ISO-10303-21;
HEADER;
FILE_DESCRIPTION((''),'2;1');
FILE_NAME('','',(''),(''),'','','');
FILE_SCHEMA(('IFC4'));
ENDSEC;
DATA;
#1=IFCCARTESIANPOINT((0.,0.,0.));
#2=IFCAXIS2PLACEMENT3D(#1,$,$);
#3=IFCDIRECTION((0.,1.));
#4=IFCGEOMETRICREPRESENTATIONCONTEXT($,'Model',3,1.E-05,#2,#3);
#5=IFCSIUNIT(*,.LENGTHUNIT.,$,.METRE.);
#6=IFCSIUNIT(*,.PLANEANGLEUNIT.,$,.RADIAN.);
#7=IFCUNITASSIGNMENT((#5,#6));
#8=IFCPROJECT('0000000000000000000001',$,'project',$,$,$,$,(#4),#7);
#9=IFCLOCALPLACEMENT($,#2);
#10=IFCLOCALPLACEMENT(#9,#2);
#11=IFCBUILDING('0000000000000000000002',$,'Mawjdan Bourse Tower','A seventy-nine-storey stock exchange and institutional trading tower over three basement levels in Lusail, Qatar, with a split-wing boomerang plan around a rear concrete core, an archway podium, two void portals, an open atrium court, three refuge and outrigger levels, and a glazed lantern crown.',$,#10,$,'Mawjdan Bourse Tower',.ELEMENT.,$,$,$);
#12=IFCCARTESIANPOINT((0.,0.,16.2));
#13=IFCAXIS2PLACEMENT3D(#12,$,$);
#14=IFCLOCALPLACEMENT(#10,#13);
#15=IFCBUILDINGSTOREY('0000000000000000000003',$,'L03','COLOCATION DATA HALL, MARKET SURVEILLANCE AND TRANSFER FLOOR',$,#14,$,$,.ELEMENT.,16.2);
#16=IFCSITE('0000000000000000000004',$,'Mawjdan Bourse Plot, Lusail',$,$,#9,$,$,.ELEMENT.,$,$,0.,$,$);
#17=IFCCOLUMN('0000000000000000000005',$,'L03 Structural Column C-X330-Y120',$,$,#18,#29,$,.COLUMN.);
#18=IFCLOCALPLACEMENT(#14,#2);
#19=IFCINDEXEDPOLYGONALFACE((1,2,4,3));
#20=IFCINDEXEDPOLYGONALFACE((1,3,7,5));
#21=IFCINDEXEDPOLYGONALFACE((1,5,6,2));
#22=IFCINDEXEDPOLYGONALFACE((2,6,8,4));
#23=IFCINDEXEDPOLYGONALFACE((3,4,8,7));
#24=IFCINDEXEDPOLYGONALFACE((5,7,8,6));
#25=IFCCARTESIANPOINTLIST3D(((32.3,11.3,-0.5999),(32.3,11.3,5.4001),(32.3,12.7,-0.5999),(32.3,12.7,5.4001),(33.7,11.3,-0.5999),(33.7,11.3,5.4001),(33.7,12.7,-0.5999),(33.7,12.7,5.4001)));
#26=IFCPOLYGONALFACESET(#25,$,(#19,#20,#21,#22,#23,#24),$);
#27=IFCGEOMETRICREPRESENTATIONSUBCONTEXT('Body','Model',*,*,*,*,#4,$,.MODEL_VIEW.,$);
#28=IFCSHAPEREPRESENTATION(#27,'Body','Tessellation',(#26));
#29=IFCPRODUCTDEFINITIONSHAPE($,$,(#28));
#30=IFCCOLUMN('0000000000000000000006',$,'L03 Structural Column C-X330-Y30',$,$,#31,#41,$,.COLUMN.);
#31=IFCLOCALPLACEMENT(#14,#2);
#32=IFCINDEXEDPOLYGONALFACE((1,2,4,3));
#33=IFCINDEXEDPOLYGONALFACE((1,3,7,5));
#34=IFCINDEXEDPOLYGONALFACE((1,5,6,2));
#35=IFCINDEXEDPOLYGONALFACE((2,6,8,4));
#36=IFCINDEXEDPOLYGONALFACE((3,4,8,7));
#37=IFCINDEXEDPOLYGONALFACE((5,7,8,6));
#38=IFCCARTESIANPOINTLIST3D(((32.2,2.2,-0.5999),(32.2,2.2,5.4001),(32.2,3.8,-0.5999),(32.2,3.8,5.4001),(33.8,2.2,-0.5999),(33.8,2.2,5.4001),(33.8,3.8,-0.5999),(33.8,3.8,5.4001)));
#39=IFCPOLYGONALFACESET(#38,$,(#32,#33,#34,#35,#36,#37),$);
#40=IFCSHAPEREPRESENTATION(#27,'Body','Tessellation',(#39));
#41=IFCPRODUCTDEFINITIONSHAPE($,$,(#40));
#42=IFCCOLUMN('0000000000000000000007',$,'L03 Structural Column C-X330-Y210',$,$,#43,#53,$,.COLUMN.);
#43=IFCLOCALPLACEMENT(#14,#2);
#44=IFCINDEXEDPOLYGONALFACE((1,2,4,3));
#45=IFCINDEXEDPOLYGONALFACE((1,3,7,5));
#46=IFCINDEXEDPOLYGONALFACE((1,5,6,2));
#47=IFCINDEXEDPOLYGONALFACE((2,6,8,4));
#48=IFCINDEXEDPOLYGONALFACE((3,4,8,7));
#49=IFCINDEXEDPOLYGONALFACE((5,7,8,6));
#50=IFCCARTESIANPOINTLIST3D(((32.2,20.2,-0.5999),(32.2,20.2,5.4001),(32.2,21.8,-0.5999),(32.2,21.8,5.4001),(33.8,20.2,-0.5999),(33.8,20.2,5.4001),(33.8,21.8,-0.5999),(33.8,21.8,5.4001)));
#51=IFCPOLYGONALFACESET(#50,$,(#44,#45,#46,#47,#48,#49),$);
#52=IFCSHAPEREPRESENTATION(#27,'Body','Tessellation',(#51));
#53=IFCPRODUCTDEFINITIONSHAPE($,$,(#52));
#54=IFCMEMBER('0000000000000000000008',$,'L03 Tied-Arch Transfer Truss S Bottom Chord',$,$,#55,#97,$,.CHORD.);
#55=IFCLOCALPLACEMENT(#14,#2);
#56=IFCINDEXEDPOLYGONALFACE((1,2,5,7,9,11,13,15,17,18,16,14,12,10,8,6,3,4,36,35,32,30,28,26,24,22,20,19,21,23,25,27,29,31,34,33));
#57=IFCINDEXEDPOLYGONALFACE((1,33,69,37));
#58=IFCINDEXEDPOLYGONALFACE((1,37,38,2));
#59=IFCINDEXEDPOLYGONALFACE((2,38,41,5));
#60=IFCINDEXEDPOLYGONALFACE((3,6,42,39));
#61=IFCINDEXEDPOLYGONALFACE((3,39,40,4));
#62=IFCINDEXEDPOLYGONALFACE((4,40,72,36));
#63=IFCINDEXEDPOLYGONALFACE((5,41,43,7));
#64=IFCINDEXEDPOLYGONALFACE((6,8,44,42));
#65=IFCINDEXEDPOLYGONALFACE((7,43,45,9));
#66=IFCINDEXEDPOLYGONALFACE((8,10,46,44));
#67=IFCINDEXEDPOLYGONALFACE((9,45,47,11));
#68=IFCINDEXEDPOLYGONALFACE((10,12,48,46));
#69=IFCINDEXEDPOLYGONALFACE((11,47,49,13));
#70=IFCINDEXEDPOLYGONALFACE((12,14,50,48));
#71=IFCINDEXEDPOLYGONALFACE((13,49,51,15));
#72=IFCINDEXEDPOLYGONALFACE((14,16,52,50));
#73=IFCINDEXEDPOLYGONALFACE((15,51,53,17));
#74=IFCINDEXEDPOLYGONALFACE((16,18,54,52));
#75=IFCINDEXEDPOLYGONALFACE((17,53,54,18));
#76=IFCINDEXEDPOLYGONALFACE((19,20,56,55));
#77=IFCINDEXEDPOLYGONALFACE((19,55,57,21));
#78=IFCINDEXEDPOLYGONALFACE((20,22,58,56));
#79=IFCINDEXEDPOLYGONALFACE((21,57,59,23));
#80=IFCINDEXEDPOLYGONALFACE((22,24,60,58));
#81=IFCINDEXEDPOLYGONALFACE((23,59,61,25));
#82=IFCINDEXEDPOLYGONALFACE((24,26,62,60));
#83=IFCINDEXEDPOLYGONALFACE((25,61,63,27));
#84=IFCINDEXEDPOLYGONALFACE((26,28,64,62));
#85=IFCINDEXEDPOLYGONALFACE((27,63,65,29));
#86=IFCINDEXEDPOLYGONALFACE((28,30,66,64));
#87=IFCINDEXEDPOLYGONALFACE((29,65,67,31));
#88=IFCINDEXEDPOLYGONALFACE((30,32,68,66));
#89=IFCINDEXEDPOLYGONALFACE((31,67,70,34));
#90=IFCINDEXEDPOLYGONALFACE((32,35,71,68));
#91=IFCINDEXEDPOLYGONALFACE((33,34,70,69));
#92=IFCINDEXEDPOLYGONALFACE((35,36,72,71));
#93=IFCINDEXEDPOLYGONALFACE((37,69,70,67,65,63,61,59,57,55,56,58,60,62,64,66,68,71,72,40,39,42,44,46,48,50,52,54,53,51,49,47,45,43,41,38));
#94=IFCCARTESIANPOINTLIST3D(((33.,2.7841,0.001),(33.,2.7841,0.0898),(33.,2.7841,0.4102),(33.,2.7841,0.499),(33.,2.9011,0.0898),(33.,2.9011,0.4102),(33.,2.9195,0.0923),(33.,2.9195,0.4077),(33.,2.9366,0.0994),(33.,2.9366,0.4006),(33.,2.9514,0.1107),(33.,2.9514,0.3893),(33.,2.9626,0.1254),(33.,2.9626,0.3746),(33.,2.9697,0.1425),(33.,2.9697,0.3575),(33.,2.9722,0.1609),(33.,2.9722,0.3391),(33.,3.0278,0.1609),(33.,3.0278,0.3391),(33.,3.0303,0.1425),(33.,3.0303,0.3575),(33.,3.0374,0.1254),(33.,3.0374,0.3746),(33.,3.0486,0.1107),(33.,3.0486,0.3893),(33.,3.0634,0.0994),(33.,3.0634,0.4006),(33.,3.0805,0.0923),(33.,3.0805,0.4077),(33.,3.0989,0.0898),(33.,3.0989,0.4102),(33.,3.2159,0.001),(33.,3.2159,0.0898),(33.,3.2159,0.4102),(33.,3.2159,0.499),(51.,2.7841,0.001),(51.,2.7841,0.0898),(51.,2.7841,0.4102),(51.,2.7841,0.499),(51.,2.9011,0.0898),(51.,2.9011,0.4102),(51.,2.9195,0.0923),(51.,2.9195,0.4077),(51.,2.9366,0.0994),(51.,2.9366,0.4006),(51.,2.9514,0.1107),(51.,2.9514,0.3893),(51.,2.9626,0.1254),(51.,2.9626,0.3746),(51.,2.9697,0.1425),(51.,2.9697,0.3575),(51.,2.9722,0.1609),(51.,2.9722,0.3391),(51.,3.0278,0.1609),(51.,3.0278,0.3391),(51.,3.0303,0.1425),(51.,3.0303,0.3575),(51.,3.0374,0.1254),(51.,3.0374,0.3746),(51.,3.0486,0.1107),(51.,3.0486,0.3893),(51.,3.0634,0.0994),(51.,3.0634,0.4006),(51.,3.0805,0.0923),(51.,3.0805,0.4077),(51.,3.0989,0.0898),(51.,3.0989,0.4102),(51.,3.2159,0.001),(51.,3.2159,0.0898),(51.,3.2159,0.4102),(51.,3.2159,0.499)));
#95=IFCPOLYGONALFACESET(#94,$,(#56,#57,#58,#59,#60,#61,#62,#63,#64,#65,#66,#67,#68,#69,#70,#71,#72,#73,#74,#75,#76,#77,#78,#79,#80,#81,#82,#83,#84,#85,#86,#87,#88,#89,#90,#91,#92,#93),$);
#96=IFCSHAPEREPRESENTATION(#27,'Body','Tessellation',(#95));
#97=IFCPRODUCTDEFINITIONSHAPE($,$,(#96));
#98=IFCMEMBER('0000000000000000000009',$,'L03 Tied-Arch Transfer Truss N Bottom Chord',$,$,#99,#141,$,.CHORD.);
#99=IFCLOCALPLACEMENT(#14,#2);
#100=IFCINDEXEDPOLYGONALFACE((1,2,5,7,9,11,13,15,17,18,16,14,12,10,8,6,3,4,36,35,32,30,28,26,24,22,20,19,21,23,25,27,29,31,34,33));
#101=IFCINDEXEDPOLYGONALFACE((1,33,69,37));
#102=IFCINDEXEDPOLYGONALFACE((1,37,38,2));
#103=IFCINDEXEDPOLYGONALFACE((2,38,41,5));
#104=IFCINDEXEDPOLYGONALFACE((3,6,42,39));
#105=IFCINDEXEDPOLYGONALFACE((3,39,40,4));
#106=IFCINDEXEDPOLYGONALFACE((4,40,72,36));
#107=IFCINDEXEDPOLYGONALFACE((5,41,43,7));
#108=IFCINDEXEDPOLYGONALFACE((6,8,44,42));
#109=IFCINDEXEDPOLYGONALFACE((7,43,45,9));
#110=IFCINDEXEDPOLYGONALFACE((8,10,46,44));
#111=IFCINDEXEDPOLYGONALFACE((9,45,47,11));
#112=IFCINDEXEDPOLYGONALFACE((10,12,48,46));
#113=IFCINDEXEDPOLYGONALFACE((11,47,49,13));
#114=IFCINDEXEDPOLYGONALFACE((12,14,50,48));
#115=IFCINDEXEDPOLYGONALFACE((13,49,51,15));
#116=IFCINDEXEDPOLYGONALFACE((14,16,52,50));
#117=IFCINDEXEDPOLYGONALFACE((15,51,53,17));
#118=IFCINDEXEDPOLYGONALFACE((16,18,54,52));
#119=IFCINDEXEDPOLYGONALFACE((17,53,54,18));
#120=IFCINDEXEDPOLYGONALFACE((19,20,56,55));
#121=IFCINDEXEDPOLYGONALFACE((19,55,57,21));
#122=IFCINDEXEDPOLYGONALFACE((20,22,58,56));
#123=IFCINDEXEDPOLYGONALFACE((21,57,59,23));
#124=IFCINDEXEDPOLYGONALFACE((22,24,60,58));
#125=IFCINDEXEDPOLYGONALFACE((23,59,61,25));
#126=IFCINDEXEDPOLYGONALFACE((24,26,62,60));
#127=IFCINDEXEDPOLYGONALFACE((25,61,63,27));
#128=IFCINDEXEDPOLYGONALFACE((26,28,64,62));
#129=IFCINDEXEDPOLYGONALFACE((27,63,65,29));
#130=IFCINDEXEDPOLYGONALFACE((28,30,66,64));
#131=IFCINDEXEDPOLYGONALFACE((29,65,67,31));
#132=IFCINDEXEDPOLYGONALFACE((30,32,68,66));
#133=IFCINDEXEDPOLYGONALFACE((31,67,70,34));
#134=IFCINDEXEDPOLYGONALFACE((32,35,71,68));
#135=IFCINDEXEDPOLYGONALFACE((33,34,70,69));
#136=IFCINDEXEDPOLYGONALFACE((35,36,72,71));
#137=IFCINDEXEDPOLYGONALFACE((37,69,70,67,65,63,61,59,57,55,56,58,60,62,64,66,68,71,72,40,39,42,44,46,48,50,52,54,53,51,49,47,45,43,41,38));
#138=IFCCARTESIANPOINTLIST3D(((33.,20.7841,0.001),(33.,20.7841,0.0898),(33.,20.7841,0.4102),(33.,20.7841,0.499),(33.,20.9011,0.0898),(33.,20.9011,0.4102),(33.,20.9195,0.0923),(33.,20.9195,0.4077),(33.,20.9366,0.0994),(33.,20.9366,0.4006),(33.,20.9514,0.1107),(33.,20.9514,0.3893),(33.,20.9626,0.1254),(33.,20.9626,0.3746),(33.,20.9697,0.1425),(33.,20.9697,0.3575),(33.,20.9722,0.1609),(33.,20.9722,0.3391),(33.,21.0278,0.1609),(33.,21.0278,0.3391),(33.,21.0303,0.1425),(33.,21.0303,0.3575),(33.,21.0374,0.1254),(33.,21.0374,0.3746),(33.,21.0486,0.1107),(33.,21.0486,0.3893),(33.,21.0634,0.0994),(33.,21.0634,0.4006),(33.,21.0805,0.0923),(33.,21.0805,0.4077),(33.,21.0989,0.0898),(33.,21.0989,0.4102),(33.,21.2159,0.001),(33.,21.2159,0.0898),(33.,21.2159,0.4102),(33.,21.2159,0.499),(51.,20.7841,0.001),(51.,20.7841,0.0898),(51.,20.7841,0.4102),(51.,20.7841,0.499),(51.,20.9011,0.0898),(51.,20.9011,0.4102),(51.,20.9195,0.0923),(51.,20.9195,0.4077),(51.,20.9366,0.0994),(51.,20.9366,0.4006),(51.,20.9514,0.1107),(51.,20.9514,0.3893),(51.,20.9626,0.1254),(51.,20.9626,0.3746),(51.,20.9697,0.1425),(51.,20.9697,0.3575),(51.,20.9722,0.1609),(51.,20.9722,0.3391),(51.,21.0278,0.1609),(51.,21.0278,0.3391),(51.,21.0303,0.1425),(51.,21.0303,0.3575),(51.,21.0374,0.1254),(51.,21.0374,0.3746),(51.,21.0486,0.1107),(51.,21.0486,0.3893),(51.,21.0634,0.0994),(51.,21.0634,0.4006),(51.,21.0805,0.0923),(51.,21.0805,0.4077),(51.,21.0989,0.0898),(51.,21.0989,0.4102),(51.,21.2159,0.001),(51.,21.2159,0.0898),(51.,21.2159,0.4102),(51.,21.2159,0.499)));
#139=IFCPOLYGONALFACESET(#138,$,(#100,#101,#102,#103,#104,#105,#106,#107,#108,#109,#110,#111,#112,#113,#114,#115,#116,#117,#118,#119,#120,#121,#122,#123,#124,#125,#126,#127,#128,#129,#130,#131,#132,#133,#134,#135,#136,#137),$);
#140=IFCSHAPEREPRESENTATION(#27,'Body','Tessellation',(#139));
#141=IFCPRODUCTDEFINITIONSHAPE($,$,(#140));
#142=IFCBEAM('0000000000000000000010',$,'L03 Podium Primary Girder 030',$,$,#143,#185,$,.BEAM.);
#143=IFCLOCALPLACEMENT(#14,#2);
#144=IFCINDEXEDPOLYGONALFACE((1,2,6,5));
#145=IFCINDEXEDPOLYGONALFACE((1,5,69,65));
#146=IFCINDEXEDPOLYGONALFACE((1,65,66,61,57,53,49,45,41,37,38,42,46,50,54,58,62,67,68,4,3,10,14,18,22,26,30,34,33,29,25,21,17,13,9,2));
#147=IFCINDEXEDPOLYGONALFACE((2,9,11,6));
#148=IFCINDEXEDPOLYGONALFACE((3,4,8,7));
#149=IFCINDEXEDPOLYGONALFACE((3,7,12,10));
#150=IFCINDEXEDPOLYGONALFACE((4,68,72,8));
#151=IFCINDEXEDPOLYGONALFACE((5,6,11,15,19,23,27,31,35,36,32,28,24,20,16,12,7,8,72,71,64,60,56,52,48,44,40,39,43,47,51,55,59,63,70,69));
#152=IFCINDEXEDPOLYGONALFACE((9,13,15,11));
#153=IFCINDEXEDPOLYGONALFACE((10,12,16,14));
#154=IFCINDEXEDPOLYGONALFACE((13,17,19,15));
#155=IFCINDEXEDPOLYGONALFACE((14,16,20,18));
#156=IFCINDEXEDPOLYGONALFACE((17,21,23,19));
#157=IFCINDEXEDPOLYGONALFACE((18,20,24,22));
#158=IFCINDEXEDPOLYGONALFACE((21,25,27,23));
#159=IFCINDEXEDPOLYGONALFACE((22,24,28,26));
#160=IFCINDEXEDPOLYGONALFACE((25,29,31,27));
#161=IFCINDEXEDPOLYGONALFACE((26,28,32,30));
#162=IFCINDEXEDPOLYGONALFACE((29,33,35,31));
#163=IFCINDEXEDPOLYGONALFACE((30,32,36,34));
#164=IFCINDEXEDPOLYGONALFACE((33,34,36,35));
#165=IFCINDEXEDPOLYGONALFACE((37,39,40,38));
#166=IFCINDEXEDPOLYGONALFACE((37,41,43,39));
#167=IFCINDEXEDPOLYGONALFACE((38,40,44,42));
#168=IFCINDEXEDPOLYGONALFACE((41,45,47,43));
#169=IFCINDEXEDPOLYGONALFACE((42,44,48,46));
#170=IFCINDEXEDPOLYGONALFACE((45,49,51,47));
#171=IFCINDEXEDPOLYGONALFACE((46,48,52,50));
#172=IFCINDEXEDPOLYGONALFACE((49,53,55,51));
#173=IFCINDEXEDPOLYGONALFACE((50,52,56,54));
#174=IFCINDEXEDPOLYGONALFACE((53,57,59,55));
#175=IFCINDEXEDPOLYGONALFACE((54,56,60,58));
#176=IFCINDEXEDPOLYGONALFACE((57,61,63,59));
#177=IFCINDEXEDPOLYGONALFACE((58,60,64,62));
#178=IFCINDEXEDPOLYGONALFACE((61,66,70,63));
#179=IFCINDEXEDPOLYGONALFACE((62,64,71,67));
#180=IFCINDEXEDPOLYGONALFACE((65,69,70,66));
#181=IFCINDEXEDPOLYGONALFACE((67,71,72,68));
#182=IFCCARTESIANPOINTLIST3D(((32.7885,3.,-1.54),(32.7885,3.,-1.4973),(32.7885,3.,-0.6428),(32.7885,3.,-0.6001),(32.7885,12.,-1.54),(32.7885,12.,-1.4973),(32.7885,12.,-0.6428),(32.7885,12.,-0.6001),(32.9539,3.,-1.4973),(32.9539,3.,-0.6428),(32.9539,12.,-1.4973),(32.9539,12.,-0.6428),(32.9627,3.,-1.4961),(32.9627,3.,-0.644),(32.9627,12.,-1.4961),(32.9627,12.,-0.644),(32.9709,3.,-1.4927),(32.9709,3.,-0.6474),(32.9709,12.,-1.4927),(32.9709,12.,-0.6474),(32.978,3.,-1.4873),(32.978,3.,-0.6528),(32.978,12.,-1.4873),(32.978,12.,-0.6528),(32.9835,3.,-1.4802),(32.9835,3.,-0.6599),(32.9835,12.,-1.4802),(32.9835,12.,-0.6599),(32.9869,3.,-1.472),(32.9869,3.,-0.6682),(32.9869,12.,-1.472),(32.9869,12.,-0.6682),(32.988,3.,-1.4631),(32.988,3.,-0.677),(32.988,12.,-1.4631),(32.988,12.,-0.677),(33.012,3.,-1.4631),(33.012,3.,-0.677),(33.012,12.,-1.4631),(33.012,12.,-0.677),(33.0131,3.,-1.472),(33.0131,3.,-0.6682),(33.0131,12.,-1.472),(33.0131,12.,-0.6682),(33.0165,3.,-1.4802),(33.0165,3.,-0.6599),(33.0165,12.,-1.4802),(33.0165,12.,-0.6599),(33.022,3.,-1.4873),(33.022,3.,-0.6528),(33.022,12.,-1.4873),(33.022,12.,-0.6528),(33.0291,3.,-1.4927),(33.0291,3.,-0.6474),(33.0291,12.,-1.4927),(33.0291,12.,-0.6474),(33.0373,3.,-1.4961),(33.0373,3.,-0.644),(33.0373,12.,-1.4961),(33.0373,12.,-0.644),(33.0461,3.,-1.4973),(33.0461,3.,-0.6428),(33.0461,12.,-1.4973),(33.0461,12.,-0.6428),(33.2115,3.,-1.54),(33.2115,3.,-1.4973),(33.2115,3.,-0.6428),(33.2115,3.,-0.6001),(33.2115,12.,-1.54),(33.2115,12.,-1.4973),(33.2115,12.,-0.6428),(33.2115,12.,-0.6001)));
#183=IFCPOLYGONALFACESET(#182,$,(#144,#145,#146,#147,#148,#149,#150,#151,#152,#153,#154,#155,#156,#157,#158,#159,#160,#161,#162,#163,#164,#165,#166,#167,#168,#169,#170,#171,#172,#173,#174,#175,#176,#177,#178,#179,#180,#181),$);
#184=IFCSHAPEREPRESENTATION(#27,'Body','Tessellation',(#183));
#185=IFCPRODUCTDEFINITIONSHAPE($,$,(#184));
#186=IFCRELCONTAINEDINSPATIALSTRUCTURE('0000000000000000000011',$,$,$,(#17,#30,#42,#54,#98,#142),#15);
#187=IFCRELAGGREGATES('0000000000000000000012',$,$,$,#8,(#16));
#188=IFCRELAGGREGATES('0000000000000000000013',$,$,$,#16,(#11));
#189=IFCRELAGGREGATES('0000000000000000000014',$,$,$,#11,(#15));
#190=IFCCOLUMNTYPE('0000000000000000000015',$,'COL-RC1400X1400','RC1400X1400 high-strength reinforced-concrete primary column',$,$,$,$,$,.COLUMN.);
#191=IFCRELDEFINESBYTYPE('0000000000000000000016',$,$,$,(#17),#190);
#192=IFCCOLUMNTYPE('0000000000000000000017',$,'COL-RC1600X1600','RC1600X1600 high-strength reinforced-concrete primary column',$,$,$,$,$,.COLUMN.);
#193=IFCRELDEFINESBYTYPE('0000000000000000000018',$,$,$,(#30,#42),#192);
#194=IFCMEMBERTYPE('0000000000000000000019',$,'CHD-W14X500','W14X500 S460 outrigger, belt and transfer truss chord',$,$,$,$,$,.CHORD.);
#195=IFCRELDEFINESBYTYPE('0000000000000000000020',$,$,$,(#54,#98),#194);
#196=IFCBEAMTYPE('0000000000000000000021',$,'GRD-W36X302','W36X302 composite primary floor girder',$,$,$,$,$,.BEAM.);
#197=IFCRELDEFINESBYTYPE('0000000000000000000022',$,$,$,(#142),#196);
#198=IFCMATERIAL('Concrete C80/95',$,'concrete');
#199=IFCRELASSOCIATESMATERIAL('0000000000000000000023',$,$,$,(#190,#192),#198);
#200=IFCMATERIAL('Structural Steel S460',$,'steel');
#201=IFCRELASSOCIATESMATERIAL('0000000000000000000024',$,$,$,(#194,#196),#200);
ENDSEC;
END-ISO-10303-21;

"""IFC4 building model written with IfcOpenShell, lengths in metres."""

from ifc_helpers import new_model, si_unit, direction, frame, origin, origin_2d, place, context, subcontext, project, spatial, rectangle, i_section, extrude, material, material_profile, profile_set, type_object, element, save


model = new_model("IFC4")

# Units and contexts
model_context = context("Model", 3, precision=1e-05, world=origin(), true_north=direction((0.0, 1.0)))
body_context = subcontext(model_context, "Body", "Model", "MODEL_VIEW")
ifc_project = project(units=[si_unit("LENGTHUNIT", "METRE"), si_unit("PLANEANGLEUNIT", "RADIAN")], contexts=[model_context])

# Site, building, storey
site_placement = place(None, origin())
site = spatial("IfcSite", under=ifc_project, at=site_placement, Name="Mawjdan Bourse Plot, Lusail", CompositionType="ELEMENT", RefElevation=0.0)
building_placement = place(site_placement, origin())
building = spatial("IfcBuilding", under=site, at=building_placement, Name="Mawjdan Bourse Tower", Description="A seventy-nine-storey stock exchange and institutional trading tower over three basement levels in Lusail, Qatar, with a split-wing boomerang plan around a rear concrete core, an archway podium, two void portals, an open atrium court, three refuge and outrigger levels, and a glazed lantern crown.", LongName="Mawjdan Bourse Tower", CompositionType="ELEMENT")
storey_placement = place(building_placement, frame((0.0, 0.0, 16.2)))
storey = spatial("IfcBuildingStorey", under=building, at=storey_placement, Name="L03", Description="COLOCATION DATA HALL, MARKET SURVEILLANCE AND TRANSFER FLOOR", CompositionType="ELEMENT", Elevation=16.2)

# Columns
ifc_material_1 = material(Name="Concrete C80/95", Category="concrete")
ifc_material_profile_1 = material_profile(ifc_material_1, rectangle(XDim=1.3999, YDim=1.3999, at=origin_2d()), Name="RC1400X1400")
ifc_profile_set_1 = profile_set([ifc_material_profile_1], Name="Concrete C80/95")
column_type_1 = type_object("IfcColumnType", Name="COL-RC1400X1400", Description="RC1400X1400 high-strength reinforced-concrete primary column", PredefinedType="COLUMN", material=ifc_profile_set_1)
column_placement = place(storey_placement, frame((33.0, 12.0, -0.5999), z_axis=(0.0, 0.0, 1.0), x_axis=(1.0, 0.0, 0.0)))
element("IfcColumn", 1, at=column_placement, inside=storey, type_object=column_type_1, Name="L03 Structural Column C-X330-Y120", PredefinedType="COLUMN", context=body_context, shape_type="SweptSolid", body=[
    extrude(rectangle(XDim=1.3999, YDim=1.3999, at=origin_2d()), origin(), (0.0, 0.0, 1.0), 6.0),
])
ifc_material_profile_2 = material_profile(ifc_material_1, rectangle(XDim=1.6001, YDim=1.6001, at=origin_2d()), Name="RC1600X1600")
ifc_profile_set_2 = profile_set([ifc_material_profile_2], Name="Concrete C80/95")
column_type_2 = type_object("IfcColumnType", Name="COL-RC1600X1600", Description="RC1600X1600 high-strength reinforced-concrete primary column", PredefinedType="COLUMN", material=ifc_profile_set_2)
for number, where, z_axis, x_axis, name in (
    (2, (33.0, 3.0, -0.5999), (0.0, 0.0, 1.0), (1.0, 0.0, 0.0), "L03 Structural Column C-X330-Y30"),
    (3, (33.0, 21.0, -0.5999), (0.0, 0.0, 1.0), (1.0, 0.0, 0.0), "L03 Structural Column C-X330-Y210"),
):
    element("IfcColumn", number, at=place(storey_placement, frame(where, z_axis=z_axis, x_axis=x_axis)), inside=storey, type_object=column_type_2, Name=name, PredefinedType="COLUMN", context=body_context, shape_type="SweptSolid", body=[
        extrude(rectangle(XDim=1.6001, YDim=1.6001, at=origin_2d()), origin(), (0.0, 0.0, 1.0), 6.0),
    ])

# Members
ifc_material_2 = material(Name="Structural Steel S460", Category="steel")
ifc_material_profile_3 = material_profile(ifc_material_2, i_section(OverallWidth=0.4319, OverallDepth=0.498, WebThickness=0.0557, FlangeThickness=0.0889, FilletRadius=0.071, at=origin_2d()), Name="W14X500")
ifc_profile_set_3 = profile_set([ifc_material_profile_3], Name="Structural Steel S460")
member_type = type_object("IfcMemberType", Name="CHD-W14X500", Description="W14X500 S460 outrigger, belt and transfer truss chord", PredefinedType="CHORD", material=ifc_profile_set_3)
for number, where, z_axis, x_axis, name in (
    (4, (33.0, 3.0, 0.25), (1.0, 0.0, 0.0), (0.0, 1.0, 0.0), "L03 Tied-Arch Transfer Truss S Bottom Chord"),
    (5, (33.0, 21.0, 0.25), (1.0, 0.0, 0.0), (0.0, 1.0, 0.0), "L03 Tied-Arch Transfer Truss N Bottom Chord"),
):
    element("IfcMember", number, at=place(storey_placement, frame(where, z_axis=z_axis, x_axis=x_axis)), inside=storey, type_object=member_type, Name=name, PredefinedType="CHORD", context=body_context, shape_type="SweptSolid", body=[
        extrude(i_section(OverallWidth=0.4319, OverallDepth=0.498, WebThickness=0.0557, FlangeThickness=0.0889, FilletRadius=0.071, at=origin_2d()), origin(), (0.0, 0.0, 1.0), 18.0),
    ])

# Beam
ifc_material_profile_4 = material_profile(ifc_material_2, i_section(OverallWidth=0.4231, OverallDepth=0.9399, WebThickness=0.0239, FlangeThickness=0.0427, FilletRadius=0.0342, at=origin_2d()), Name="W36X302")
ifc_profile_set_4 = profile_set([ifc_material_profile_4], Name="Structural Steel S460")
beam_type_1 = type_object("IfcBeamType", Name="GRD-W36X302", Description="W36X302 composite primary floor girder", PredefinedType="BEAM", material=ifc_profile_set_4)
for number, where, z_axis, x_axis, name in (
    (6, (33.0, 3.0, -1.0701), (0.0, 1.0, 0.0), (-1.0, 0.0, 0.0), "L03 Podium Primary Girder 030"),
):
    element("IfcBeam", number, at=place(storey_placement, frame(where, z_axis=z_axis, x_axis=x_axis)), inside=storey, type_object=beam_type_1, Name=name, PredefinedType="BEAM", context=body_context, shape_type="SweptSolid", body=[
        extrude(i_section(OverallWidth=0.4231, OverallDepth=0.9399, WebThickness=0.0239, FlangeThickness=0.0427, FilletRadius=0.0342, at=origin_2d()), origin(), (0.0, 0.0, 1.0), 9.0),
    ])

save(model, "model.ifc")
